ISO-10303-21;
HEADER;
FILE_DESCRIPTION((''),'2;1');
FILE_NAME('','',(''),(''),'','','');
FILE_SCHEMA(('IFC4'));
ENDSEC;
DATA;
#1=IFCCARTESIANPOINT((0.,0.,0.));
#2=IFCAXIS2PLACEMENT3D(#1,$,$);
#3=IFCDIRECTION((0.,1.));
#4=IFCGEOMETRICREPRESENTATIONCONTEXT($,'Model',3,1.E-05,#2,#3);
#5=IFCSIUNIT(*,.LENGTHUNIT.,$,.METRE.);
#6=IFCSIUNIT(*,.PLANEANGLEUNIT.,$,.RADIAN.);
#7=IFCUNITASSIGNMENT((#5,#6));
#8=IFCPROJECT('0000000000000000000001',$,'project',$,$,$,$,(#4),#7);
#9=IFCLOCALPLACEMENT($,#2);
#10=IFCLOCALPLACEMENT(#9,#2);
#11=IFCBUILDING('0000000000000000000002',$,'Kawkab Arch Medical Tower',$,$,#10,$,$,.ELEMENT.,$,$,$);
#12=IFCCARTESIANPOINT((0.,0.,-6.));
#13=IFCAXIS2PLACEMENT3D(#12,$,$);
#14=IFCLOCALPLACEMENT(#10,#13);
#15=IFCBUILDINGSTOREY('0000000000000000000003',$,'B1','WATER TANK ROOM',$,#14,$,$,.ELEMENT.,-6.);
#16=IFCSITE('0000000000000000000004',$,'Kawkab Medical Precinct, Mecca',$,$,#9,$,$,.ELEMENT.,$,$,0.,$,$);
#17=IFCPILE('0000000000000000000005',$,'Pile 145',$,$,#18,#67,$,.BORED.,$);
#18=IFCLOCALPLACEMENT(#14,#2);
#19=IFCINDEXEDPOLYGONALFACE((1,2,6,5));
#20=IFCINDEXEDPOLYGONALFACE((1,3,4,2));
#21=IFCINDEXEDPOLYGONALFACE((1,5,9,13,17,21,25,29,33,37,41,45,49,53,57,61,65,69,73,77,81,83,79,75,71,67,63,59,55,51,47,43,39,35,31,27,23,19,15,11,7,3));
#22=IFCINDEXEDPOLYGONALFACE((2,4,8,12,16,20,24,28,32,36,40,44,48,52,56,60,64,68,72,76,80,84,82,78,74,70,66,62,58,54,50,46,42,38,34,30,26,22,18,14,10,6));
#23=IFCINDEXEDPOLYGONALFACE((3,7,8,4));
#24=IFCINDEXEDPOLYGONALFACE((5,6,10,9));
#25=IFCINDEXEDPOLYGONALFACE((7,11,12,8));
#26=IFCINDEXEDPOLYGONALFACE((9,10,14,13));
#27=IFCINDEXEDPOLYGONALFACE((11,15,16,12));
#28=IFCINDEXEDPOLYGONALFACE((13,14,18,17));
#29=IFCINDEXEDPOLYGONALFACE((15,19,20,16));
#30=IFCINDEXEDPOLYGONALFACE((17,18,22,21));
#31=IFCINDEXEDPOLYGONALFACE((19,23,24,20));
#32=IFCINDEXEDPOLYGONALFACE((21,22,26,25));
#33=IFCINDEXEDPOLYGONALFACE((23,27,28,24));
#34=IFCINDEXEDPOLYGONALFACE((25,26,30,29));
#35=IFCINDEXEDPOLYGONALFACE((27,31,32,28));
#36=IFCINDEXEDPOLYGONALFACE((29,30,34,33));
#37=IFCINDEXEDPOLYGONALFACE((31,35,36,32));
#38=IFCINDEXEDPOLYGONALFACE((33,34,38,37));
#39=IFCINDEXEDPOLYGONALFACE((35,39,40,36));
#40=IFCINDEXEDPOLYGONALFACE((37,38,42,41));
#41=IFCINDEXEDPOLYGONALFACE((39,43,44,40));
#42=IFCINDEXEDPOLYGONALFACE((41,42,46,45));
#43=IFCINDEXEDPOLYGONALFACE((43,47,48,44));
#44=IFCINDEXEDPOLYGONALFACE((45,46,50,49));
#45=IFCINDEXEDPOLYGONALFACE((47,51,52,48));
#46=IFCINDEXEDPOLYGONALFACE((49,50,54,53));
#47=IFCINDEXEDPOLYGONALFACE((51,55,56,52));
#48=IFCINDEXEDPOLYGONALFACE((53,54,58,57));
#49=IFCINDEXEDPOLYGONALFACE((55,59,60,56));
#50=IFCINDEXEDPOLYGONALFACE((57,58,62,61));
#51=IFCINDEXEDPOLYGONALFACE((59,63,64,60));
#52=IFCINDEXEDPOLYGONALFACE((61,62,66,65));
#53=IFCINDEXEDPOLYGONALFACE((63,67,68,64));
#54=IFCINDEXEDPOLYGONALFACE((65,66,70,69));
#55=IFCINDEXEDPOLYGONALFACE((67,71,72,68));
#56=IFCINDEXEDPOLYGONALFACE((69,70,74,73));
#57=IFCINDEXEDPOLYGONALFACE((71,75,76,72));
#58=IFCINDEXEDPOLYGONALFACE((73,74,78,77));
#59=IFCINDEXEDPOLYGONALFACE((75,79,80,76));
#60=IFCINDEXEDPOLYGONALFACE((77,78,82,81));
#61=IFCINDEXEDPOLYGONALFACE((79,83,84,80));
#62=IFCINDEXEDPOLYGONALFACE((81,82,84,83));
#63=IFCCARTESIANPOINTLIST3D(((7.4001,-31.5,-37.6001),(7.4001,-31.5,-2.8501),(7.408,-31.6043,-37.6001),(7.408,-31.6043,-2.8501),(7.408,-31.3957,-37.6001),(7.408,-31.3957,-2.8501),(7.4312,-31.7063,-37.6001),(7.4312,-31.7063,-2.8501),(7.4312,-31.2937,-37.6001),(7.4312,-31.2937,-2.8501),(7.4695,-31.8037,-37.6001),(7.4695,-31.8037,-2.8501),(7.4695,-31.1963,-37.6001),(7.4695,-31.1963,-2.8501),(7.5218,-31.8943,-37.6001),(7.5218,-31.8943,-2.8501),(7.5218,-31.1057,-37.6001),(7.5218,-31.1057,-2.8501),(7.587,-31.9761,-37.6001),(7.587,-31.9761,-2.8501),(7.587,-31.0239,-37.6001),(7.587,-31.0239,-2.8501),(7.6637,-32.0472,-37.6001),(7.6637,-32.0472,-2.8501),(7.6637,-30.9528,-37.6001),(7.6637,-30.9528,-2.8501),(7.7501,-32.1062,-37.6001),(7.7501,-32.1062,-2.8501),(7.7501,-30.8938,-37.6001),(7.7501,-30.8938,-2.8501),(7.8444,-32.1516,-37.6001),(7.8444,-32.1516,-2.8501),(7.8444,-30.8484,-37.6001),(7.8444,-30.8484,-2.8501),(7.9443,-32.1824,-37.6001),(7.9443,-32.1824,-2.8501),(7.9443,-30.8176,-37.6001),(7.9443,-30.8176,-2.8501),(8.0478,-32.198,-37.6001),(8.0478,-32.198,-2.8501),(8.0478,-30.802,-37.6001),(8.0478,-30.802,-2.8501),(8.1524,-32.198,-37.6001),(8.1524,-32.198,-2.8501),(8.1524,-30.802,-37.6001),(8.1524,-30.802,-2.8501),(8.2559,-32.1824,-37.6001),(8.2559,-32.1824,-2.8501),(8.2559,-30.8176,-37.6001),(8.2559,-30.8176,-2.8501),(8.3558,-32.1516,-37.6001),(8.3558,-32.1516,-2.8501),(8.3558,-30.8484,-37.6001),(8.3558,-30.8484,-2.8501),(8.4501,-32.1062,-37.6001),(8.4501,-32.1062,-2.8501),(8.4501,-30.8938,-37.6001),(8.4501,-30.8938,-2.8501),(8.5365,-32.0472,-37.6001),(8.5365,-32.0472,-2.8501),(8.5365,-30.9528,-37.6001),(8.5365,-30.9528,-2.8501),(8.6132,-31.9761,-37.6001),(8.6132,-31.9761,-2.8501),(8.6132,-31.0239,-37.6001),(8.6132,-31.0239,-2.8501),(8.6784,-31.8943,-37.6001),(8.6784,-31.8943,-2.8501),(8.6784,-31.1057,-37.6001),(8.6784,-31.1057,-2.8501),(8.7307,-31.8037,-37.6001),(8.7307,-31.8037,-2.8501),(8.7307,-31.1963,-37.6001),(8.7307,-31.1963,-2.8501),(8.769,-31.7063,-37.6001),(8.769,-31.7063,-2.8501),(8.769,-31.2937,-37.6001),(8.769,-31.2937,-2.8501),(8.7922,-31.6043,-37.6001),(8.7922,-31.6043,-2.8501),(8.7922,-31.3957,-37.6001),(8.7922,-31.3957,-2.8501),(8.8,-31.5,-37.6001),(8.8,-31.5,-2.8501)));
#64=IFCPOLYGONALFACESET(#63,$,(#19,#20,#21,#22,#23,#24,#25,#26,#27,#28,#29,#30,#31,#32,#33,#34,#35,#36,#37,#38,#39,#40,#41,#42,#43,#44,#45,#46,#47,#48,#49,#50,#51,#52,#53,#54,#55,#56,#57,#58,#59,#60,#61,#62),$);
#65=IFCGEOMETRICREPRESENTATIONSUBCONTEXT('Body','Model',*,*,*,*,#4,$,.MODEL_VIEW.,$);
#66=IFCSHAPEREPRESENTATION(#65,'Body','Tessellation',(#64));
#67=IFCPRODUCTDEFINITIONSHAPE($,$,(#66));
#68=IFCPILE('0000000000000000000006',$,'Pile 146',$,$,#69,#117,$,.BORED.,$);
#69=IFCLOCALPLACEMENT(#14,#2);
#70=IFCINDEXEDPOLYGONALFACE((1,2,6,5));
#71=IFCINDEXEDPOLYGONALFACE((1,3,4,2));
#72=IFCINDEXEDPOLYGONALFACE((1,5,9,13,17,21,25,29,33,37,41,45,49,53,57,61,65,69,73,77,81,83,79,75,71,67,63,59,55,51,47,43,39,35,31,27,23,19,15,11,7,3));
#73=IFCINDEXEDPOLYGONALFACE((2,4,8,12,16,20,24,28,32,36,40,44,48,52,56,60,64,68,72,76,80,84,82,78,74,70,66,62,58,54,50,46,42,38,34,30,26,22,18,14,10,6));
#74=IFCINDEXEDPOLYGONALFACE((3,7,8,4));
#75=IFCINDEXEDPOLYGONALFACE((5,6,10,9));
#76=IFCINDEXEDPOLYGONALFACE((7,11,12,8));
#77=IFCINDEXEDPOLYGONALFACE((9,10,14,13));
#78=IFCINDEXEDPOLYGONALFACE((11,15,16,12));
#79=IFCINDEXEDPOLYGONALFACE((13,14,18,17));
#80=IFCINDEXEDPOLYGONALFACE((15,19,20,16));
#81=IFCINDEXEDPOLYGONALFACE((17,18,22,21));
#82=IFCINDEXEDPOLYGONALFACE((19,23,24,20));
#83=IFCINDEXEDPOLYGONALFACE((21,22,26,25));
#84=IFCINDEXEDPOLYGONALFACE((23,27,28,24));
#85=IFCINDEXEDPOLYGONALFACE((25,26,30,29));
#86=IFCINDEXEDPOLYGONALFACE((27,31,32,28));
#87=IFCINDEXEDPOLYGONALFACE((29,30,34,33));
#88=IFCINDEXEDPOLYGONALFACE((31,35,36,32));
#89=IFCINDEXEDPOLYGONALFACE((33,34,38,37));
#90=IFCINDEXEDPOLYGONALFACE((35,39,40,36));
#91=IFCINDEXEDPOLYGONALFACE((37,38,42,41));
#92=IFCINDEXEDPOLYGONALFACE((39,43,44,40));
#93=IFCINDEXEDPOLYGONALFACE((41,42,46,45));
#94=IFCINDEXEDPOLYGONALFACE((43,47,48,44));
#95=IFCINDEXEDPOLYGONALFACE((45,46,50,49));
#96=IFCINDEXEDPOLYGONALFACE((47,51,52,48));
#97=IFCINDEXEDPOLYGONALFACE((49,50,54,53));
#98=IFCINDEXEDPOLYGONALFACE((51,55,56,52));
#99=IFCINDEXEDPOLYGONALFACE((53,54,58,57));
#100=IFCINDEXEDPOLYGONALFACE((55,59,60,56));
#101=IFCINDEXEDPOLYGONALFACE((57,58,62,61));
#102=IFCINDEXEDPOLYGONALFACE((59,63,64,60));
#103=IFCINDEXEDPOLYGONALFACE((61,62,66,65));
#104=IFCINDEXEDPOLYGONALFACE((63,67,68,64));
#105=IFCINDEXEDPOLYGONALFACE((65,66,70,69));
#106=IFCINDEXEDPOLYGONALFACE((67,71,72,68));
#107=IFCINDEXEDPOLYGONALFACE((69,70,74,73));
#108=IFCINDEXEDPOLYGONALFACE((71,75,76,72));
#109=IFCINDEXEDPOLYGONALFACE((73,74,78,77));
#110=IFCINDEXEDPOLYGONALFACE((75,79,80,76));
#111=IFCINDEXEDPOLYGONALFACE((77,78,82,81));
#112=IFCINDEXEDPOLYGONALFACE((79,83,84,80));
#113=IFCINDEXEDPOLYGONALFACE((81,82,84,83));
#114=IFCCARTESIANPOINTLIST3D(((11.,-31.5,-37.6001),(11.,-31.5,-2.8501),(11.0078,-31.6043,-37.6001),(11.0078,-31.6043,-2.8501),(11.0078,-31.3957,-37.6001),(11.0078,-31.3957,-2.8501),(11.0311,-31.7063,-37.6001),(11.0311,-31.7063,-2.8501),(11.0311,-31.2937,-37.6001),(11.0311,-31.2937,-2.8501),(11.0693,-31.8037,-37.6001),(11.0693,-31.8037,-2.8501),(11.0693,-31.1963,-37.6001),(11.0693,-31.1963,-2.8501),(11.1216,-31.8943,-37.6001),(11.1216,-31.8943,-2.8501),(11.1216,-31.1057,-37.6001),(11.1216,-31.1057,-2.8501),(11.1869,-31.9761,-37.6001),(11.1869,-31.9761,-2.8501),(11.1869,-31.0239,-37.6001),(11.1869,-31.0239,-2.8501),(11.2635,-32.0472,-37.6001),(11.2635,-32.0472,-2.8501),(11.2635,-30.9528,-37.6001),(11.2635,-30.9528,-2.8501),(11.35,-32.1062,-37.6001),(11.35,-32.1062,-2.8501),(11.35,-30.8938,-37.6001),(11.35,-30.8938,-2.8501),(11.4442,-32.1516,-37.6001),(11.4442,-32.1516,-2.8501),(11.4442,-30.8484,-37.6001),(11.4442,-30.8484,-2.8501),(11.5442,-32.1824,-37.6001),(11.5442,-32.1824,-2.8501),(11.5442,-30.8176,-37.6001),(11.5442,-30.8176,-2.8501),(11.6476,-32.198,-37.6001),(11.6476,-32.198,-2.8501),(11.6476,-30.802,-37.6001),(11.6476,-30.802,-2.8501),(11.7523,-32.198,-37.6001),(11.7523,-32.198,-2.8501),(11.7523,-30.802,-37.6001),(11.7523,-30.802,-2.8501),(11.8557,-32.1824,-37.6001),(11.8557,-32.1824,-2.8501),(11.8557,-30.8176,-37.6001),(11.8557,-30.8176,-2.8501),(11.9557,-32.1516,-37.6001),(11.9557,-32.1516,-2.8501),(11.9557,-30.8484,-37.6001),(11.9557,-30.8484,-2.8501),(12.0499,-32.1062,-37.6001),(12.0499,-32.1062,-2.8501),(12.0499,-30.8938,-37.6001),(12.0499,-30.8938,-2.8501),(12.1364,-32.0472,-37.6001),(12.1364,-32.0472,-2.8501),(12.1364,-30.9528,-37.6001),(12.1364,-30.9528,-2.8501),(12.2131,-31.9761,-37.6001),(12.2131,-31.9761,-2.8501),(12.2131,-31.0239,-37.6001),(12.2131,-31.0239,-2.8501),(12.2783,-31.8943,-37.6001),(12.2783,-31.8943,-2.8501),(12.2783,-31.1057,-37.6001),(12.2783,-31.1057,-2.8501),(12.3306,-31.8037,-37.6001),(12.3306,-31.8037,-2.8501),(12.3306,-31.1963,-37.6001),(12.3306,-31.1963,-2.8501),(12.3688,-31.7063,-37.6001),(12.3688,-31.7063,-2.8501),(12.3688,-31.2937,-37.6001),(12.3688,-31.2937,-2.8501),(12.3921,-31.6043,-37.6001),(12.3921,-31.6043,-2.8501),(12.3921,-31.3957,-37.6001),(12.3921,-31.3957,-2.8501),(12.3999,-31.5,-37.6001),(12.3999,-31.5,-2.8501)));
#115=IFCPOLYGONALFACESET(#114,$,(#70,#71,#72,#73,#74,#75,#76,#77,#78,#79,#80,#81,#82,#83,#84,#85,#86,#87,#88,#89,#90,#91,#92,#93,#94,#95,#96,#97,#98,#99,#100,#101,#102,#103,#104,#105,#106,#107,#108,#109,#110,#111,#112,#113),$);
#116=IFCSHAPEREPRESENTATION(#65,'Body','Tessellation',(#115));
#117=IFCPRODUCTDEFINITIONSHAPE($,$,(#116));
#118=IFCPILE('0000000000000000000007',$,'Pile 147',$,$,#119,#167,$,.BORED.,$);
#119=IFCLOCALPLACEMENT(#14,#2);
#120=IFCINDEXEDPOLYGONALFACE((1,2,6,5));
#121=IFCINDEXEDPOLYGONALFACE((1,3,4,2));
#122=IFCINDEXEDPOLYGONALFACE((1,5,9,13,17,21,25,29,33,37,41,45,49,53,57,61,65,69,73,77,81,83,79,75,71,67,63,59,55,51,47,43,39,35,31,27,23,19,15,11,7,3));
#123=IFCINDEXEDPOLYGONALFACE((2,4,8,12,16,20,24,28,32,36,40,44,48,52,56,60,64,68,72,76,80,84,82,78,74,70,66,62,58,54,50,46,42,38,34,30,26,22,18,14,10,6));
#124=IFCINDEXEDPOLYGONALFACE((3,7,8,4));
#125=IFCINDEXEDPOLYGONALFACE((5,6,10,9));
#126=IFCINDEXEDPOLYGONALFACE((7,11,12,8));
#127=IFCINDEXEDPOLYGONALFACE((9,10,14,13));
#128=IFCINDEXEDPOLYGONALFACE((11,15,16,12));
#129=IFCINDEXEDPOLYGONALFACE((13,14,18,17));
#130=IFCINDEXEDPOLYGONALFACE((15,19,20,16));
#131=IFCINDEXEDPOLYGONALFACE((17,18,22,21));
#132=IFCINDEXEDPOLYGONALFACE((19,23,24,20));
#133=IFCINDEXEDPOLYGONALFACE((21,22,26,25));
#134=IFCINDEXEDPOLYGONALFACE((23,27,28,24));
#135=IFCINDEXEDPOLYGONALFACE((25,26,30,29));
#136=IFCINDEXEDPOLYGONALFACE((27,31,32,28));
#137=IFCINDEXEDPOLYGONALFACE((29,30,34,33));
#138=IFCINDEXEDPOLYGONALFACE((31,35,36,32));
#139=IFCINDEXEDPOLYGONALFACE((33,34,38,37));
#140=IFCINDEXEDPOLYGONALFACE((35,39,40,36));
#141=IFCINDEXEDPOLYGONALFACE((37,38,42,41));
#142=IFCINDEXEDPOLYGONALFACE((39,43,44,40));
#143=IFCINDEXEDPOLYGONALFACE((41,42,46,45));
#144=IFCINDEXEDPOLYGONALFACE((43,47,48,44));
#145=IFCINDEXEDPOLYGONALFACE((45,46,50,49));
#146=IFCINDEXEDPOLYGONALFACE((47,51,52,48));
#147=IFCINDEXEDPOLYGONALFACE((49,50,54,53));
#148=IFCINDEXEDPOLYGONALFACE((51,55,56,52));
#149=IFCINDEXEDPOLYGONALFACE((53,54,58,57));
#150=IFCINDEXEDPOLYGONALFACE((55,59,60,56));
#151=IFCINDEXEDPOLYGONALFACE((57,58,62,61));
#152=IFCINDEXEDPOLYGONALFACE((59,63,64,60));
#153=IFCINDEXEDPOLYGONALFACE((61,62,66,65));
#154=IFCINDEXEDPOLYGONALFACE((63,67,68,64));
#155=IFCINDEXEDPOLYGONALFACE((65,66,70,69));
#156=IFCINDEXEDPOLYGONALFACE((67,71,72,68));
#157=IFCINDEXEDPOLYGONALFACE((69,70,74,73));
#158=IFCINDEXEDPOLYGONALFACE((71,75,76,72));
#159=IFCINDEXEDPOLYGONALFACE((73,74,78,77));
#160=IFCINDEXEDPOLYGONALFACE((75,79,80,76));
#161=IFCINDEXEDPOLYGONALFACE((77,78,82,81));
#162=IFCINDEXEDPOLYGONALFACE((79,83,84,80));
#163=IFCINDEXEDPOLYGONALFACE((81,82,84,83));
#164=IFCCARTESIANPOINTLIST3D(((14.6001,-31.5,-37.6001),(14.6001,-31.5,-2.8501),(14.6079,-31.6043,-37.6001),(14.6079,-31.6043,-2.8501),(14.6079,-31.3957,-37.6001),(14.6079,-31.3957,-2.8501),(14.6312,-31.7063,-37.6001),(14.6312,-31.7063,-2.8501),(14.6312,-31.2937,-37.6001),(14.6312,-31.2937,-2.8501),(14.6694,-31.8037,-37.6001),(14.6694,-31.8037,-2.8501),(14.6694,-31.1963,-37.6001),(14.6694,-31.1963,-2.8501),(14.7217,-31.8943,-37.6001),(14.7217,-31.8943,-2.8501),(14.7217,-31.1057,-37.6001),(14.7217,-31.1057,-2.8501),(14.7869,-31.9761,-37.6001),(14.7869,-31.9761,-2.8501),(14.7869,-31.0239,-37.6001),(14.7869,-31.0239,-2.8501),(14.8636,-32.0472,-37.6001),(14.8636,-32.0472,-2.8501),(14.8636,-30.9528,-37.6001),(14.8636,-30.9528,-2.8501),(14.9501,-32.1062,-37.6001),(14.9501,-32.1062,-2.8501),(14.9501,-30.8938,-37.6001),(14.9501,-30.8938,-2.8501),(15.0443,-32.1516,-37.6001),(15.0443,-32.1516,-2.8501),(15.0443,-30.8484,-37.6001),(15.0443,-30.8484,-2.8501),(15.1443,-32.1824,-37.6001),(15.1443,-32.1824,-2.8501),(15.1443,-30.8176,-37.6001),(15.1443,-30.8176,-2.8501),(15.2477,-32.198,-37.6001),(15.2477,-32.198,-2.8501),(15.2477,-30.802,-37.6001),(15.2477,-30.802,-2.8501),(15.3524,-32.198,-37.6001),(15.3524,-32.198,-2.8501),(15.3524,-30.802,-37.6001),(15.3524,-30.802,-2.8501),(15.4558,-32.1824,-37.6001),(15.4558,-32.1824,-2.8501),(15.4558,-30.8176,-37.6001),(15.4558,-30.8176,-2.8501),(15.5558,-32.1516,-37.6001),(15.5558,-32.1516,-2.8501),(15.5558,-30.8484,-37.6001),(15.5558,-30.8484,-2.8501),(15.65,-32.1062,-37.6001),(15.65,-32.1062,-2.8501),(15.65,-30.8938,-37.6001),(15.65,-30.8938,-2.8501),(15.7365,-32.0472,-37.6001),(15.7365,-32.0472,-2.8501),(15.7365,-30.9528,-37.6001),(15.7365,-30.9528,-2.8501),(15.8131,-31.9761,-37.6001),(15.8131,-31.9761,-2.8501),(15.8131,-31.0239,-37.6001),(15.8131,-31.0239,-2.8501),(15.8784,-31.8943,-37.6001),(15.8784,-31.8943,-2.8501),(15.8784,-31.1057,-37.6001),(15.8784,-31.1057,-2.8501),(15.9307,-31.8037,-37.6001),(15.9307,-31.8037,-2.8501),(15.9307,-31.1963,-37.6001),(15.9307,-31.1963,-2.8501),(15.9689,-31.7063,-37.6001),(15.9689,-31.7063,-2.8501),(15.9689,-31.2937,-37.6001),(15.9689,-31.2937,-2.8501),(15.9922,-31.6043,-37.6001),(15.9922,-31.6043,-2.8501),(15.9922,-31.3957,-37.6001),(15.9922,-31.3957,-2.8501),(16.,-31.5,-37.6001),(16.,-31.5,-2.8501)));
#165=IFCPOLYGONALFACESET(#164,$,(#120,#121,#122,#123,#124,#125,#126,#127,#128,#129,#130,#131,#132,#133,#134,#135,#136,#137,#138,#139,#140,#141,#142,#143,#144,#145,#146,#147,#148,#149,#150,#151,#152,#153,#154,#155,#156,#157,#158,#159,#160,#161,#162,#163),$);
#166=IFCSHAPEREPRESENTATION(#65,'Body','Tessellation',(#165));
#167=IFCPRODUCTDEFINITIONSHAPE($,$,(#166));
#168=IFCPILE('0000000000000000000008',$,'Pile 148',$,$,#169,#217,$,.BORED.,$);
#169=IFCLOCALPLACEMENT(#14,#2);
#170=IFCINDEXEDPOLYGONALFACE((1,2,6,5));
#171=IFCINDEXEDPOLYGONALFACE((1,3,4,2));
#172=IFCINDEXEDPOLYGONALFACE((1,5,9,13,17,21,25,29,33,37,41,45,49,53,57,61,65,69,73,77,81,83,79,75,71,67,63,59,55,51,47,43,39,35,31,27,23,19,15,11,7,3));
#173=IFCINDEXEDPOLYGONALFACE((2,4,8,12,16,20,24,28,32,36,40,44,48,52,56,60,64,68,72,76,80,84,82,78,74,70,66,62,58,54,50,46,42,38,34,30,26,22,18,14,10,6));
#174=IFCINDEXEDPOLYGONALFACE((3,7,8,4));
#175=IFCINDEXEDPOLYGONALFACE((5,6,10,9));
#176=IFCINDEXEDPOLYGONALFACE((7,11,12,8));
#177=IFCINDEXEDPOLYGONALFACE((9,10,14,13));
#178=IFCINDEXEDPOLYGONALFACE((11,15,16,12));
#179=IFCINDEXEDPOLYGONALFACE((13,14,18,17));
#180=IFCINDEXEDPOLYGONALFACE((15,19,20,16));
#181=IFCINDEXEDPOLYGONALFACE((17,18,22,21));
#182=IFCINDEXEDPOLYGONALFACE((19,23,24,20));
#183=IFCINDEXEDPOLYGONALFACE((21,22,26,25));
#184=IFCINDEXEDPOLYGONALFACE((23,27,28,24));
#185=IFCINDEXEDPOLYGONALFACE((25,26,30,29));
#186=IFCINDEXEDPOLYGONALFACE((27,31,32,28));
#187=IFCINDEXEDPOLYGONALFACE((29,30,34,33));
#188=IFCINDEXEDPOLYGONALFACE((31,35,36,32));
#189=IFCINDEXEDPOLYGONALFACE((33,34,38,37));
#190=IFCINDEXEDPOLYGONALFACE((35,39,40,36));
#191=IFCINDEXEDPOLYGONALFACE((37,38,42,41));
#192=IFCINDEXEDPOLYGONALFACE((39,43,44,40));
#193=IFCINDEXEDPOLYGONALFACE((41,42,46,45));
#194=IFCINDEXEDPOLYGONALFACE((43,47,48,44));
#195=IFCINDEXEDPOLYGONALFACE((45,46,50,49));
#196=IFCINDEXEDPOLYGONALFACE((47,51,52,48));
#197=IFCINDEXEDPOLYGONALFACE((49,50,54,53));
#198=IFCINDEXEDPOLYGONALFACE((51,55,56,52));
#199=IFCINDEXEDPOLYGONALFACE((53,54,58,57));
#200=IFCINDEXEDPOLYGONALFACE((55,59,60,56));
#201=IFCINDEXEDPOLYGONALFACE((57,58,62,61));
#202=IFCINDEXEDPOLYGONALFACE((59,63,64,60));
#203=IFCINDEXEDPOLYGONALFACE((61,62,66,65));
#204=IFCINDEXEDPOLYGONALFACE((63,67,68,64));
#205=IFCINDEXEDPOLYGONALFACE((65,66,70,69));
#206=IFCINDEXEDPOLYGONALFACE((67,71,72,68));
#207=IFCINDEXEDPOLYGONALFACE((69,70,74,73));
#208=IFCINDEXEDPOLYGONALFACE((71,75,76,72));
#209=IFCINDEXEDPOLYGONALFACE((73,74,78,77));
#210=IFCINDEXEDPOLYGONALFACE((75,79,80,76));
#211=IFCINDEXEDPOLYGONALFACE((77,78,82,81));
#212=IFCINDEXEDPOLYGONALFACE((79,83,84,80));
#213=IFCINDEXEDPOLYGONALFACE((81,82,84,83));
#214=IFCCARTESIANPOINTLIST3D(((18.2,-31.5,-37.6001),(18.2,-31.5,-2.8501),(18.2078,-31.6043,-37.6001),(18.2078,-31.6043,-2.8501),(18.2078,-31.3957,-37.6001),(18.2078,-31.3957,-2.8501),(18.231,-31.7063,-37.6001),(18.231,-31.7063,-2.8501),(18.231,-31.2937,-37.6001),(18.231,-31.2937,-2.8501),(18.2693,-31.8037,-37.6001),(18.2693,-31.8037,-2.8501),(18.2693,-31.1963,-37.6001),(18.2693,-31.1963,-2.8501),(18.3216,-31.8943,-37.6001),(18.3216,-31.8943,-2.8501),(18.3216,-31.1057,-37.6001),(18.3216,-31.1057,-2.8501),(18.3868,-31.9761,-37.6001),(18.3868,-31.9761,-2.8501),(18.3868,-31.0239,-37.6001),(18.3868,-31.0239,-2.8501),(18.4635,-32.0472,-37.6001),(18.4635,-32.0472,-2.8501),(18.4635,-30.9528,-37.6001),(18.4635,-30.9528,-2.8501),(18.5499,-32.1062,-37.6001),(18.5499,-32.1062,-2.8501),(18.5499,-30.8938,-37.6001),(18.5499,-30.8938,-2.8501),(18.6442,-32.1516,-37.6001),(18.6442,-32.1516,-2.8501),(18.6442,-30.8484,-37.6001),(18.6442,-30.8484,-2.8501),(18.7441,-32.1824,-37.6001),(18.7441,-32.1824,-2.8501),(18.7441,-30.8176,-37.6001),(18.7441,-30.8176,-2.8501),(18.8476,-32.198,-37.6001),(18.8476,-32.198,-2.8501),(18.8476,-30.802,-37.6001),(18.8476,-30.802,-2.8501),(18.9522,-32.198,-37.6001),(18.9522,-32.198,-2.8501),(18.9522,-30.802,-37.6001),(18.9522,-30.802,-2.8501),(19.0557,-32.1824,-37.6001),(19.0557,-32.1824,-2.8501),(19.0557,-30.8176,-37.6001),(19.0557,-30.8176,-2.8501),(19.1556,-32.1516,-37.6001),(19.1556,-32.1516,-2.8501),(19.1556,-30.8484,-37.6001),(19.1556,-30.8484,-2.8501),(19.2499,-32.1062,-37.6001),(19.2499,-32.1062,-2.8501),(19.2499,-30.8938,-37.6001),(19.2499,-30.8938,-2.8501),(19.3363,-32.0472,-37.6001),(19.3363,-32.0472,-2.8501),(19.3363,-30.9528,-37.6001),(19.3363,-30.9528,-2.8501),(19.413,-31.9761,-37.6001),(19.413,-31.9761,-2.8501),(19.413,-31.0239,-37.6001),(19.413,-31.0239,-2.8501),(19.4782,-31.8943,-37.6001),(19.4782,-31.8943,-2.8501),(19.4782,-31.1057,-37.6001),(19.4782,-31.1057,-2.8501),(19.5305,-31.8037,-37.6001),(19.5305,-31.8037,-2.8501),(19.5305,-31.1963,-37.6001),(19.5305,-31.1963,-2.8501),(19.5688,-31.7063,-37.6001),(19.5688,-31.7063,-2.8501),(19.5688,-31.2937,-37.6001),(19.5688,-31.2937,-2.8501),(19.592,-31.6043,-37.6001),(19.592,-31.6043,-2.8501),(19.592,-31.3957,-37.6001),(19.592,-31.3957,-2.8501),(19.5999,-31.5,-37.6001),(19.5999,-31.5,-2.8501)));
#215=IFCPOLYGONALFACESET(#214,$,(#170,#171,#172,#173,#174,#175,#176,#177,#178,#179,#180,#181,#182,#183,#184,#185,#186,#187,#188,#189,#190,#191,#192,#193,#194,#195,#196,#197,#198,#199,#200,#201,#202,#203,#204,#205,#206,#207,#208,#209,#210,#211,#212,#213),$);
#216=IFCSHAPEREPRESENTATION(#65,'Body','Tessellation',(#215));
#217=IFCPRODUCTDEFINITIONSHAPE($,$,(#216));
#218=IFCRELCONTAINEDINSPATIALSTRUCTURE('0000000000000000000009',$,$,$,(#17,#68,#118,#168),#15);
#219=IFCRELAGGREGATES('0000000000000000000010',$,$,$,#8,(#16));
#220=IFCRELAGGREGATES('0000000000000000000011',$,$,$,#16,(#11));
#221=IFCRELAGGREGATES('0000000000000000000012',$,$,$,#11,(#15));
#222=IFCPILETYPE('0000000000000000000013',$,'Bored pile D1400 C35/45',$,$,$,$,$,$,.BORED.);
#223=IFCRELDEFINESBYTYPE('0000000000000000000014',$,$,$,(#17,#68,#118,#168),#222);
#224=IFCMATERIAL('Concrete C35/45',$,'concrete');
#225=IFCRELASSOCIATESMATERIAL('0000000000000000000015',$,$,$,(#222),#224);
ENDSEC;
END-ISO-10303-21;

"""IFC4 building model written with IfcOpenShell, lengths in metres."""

from ifc_helpers import new_model, si_unit, direction, frame, origin, origin_2d, place, context, subcontext, project, spatial, circle, extrude, material, material_profile, profile_set, type_object, element, save


model = new_model("IFC4")

# Units and contexts
model_context = context("Model", 3, precision=1e-05, world=origin(), true_north=direction((0.0, 1.0)))
body_context = subcontext(model_context, "Body", "Model", "MODEL_VIEW")
ifc_project = project(units=[si_unit("LENGTHUNIT", "METRE"), si_unit("PLANEANGLEUNIT", "RADIAN")], contexts=[model_context])

# Site, building, storey
site_placement = place(None, origin())
site = spatial("IfcSite", under=ifc_project, at=site_placement, Name="Kawkab Medical Precinct, Mecca", CompositionType="ELEMENT", RefElevation=0.0)
building_placement = place(site_placement, origin())
building = spatial("IfcBuilding", under=site, at=building_placement, Name="Kawkab Arch Medical Tower", CompositionType="ELEMENT")
storey_placement = place(building_placement, frame((0.0, 0.0, -6.0)))
storey = spatial("IfcBuildingStorey", under=building, at=storey_placement, Name="B1", Description="WATER TANK ROOM", CompositionType="ELEMENT", Elevation=-6.0)

# Piles
ifc_material_1 = material(Name="Concrete C35/45", Category="concrete")
ifc_material_profile_1 = material_profile(ifc_material_1, circle(Radius=0.7, at=origin_2d()), Name="Bored pile D1400")
ifc_profile_set_1 = profile_set([ifc_material_profile_1], Name="Concrete C35/45")
pile_type = type_object("IfcPileType", Name="Bored pile D1400 C35/45", PredefinedType="BORED", material=ifc_profile_set_1)
for number, where, z_axis, x_axis, name in (
    (1, (8.1001, -31.5, -2.8501), (0.0, 0.0, -1.0), (1.0, 0.0, 0.0), "Pile 145"),
    (2, (11.7, -31.5, -2.8501), (0.0, 0.0, -1.0), (1.0, 0.0, 0.0), "Pile 146"),
    (3, (15.3, -31.5, -2.8501), (0.0, 0.0, -1.0), (1.0, 0.0, 0.0), "Pile 147"),
    (4, (18.8999, -31.5, -2.8501), (0.0, 0.0, -1.0), (1.0, 0.0, 0.0), "Pile 148"),
):
    element("IfcPile", number, at=place(storey_placement, frame(where, z_axis=z_axis, x_axis=x_axis)), inside=storey, type_object=pile_type, Name=name, PredefinedType="BORED", context=body_context, shape_type="SweptSolid", body=[
        extrude(circle(Radius=0.7, at=origin_2d()), origin(), (0.0, 0.0, 1.0), 34.75),
    ])

save(model, "model.ifc")
